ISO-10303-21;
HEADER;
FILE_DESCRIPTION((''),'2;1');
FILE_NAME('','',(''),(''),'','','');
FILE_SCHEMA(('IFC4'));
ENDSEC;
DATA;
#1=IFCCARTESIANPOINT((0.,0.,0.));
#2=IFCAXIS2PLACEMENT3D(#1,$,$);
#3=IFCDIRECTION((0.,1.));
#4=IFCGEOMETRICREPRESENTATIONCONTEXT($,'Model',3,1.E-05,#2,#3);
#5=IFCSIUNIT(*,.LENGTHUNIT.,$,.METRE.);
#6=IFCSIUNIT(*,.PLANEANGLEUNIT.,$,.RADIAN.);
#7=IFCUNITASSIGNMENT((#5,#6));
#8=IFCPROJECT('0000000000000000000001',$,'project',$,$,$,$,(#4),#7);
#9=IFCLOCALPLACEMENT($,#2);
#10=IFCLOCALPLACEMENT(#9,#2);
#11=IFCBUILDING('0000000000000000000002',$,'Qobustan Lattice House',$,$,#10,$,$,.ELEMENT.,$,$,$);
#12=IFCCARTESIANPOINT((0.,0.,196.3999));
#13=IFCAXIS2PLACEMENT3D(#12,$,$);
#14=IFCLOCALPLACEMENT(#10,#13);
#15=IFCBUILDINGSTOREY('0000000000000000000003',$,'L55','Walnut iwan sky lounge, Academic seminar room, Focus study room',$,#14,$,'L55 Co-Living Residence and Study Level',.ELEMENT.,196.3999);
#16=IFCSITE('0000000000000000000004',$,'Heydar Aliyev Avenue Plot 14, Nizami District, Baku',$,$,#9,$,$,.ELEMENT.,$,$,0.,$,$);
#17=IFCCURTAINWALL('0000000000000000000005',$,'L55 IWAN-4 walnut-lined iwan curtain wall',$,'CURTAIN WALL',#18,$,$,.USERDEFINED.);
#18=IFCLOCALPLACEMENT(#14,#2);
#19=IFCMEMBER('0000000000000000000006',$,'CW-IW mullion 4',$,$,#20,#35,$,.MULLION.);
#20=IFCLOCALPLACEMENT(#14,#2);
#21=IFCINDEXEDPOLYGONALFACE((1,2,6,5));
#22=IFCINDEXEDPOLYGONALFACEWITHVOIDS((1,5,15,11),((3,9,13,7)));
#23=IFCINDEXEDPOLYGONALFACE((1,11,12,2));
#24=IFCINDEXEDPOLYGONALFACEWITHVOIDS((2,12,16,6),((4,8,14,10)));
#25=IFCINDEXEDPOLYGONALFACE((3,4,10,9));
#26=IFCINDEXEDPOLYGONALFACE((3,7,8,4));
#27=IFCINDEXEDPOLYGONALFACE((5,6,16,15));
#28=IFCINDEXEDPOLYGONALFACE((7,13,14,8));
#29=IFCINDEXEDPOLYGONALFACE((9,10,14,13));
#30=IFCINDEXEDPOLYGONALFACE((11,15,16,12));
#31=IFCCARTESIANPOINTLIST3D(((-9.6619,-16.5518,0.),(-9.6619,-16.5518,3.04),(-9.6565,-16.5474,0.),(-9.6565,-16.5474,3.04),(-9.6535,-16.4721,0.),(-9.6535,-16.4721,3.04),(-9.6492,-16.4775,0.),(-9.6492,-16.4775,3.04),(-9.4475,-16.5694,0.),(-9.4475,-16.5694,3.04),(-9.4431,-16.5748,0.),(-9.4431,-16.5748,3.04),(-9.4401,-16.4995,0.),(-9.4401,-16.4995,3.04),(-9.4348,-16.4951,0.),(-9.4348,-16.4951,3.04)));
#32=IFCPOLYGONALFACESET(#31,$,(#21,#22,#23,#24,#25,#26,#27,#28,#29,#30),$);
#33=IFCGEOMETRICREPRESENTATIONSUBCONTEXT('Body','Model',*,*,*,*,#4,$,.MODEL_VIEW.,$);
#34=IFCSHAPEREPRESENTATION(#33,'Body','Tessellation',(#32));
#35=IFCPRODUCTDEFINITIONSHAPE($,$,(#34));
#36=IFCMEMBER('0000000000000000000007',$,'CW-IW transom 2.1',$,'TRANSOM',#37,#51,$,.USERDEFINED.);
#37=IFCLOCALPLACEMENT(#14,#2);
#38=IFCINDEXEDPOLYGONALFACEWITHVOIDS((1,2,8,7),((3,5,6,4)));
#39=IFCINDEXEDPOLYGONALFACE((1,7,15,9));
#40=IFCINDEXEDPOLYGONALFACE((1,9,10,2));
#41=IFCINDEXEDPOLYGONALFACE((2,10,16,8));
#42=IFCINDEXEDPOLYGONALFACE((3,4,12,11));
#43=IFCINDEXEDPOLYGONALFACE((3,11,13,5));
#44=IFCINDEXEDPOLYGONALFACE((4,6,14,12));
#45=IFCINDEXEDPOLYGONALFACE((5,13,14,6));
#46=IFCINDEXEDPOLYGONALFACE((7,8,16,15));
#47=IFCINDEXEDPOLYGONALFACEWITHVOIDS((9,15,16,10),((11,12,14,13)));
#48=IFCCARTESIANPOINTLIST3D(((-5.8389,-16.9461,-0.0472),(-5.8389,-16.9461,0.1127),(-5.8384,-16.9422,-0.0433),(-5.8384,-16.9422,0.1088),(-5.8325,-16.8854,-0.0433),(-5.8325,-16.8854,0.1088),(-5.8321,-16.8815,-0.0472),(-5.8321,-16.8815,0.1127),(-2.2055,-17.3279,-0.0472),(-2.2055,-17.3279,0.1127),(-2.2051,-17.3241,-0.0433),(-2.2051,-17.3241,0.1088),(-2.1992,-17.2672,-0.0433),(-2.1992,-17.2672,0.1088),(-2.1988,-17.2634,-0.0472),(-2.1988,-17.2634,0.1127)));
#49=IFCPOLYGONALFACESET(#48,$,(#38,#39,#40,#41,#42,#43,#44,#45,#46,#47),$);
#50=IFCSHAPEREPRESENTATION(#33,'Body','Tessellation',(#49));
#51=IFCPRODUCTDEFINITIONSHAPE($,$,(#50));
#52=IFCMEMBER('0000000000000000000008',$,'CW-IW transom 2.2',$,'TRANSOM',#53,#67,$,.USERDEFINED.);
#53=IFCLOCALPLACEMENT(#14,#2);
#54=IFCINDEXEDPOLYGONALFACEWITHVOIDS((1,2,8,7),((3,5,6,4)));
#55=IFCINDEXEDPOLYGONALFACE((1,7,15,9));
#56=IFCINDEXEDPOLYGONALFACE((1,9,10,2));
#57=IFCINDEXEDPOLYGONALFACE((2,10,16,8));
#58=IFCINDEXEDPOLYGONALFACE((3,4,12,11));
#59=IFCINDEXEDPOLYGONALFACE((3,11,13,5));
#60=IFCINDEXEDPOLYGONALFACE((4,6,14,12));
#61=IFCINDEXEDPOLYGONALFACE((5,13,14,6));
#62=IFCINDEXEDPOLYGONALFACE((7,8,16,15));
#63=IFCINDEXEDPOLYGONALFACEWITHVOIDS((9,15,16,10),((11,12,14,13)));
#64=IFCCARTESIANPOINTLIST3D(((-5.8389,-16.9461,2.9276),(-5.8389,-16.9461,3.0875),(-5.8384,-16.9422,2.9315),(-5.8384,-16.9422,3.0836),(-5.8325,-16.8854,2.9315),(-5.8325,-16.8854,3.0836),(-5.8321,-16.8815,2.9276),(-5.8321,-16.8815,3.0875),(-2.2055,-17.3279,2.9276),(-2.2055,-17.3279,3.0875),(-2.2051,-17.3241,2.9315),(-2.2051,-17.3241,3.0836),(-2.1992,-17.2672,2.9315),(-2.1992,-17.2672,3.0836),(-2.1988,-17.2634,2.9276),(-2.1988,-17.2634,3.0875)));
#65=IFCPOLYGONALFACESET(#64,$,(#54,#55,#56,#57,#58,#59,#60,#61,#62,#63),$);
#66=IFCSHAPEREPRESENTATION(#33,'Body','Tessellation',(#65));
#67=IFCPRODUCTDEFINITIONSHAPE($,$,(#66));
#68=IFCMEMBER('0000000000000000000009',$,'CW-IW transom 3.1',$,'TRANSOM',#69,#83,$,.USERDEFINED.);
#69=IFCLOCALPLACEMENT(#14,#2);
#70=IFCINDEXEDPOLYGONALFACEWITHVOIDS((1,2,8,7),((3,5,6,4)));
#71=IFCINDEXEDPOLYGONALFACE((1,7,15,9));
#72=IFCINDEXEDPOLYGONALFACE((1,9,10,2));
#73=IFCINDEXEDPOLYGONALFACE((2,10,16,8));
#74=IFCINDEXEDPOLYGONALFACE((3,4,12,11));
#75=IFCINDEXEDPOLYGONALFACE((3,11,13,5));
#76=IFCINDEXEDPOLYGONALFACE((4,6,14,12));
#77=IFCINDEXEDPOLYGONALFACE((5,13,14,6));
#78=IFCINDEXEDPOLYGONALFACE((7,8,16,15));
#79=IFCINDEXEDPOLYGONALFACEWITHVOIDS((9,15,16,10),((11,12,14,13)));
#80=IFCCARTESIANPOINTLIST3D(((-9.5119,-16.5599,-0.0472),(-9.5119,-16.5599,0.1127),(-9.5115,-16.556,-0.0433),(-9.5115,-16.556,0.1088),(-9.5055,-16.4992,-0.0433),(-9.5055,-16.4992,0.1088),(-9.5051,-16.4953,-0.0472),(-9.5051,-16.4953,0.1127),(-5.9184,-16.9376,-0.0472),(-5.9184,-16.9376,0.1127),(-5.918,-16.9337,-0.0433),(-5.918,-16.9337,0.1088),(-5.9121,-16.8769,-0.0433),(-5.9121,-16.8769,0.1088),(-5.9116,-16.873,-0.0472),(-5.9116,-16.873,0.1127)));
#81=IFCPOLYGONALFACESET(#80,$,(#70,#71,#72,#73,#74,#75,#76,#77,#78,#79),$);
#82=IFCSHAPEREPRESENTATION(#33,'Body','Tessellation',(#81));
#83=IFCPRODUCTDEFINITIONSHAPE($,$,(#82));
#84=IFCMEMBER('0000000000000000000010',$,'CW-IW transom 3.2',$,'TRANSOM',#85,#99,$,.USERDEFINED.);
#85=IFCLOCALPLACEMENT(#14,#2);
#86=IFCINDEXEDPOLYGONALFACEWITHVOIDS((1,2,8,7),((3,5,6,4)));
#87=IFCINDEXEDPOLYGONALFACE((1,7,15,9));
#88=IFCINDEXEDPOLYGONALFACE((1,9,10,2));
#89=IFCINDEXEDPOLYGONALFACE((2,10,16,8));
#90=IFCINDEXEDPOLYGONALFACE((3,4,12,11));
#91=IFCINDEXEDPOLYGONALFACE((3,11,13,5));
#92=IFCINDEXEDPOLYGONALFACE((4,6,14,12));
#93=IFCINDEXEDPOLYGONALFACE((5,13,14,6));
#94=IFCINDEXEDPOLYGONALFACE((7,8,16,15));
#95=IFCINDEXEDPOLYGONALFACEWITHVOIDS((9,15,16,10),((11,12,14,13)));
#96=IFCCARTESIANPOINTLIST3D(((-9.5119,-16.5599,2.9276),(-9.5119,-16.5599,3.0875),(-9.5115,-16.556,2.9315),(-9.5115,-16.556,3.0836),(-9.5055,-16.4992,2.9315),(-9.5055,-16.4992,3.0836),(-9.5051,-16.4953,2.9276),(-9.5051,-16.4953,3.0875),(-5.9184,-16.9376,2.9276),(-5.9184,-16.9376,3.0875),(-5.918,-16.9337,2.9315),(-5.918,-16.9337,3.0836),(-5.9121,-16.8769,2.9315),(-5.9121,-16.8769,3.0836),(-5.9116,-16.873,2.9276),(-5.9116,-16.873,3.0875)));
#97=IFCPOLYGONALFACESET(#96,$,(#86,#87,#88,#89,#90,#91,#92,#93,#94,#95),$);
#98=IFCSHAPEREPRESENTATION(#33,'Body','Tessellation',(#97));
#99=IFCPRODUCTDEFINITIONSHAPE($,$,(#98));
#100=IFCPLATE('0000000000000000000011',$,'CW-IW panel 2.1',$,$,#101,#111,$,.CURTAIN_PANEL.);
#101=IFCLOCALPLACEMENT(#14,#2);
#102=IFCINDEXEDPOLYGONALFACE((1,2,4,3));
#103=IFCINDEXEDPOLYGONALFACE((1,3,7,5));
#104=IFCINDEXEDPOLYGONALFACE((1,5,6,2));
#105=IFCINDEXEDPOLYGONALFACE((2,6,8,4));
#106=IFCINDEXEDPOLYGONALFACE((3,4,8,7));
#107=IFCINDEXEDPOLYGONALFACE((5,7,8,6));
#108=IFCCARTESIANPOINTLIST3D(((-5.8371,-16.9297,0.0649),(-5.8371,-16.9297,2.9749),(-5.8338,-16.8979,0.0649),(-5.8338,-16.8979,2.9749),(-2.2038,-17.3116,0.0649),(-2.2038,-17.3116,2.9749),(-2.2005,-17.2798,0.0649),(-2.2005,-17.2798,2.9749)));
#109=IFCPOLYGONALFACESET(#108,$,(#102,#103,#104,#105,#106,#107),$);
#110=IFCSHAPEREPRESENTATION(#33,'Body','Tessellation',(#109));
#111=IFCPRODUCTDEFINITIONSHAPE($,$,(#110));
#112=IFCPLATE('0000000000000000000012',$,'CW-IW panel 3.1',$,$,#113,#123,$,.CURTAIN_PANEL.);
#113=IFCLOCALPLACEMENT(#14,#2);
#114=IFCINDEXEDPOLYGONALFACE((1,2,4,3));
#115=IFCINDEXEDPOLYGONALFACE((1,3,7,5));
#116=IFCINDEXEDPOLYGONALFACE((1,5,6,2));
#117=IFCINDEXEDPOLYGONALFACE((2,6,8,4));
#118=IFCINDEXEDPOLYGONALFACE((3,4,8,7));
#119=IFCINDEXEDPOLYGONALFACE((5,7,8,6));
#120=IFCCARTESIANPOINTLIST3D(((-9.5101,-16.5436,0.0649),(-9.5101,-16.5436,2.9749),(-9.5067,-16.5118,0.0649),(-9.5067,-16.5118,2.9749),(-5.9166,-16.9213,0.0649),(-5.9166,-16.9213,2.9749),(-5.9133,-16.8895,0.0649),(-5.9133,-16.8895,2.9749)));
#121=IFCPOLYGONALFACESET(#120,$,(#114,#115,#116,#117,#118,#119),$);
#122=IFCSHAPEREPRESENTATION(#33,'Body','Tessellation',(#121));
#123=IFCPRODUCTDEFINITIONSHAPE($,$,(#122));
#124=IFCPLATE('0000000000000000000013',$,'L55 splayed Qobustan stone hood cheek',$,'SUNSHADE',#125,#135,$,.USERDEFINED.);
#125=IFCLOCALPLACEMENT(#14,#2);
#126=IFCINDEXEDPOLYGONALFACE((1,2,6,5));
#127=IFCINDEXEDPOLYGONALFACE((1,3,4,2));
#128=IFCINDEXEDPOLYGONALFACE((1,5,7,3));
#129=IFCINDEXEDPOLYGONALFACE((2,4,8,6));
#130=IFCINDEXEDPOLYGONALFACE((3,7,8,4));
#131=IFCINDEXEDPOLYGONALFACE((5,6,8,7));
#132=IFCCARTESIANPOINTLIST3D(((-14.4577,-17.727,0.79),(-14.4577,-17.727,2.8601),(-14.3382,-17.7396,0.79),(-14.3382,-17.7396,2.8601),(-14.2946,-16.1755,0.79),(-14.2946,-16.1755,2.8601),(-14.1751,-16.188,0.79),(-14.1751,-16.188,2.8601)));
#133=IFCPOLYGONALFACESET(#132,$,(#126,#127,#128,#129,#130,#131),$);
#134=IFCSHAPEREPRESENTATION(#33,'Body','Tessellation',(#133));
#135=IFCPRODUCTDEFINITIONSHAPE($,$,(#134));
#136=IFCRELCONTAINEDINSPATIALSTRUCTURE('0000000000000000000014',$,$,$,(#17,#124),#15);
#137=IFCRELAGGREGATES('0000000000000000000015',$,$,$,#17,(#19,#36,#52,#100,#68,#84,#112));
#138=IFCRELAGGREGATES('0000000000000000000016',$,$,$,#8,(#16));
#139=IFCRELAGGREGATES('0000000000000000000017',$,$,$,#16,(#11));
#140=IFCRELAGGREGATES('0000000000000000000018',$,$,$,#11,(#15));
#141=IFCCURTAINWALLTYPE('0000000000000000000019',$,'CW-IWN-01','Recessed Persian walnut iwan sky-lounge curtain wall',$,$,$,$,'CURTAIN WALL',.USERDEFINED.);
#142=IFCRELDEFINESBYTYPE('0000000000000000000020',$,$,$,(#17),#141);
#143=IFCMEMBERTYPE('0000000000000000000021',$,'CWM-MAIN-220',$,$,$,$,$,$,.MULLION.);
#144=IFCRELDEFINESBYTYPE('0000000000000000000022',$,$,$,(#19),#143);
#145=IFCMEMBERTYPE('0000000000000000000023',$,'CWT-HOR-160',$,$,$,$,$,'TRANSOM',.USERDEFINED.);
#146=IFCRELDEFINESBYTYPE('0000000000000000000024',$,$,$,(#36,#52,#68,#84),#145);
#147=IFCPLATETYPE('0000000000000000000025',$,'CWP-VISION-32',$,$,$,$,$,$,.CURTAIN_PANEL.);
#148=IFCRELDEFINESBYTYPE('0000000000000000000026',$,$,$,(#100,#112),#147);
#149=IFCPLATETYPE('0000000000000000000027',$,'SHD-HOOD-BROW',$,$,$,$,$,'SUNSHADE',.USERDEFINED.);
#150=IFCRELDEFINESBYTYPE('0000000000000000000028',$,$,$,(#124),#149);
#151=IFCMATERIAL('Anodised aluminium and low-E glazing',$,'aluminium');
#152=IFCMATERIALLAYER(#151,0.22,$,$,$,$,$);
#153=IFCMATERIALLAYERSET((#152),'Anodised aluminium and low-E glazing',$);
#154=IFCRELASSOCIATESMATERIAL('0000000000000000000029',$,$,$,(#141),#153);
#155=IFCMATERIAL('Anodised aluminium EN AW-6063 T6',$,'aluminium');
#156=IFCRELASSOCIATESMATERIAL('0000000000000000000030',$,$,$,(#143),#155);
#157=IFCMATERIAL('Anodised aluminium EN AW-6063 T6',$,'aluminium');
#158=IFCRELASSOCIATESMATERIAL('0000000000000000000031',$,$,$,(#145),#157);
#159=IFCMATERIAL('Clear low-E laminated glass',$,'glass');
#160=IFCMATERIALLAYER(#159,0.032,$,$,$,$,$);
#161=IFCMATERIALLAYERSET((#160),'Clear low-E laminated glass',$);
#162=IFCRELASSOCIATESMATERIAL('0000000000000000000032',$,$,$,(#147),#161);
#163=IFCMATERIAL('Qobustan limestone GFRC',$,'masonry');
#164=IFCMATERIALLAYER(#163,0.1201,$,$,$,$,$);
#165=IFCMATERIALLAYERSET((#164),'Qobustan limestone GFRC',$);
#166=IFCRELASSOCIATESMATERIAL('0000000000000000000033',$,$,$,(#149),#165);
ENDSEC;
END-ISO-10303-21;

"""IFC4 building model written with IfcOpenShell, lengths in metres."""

from ifc_helpers import new_model, si_unit, direction, frame, origin, origin_2d, place, context, subcontext, project, spatial, rectangle, hollow_rectangle, extrude, material, layer, layer_set, material_profile, profile_set, type_object, element, aggregate, save


model = new_model("IFC4")

# Units and contexts
model_context = context("Model", 3, precision=1e-05, world=origin(), true_north=direction((0.0, 1.0)))
body_context = subcontext(model_context, "Body", "Model", "MODEL_VIEW")
ifc_project = project(units=[si_unit("LENGTHUNIT", "METRE"), si_unit("PLANEANGLEUNIT", "RADIAN")], contexts=[model_context])

# Site, building, storey
site_placement = place(None, origin())
site = spatial("IfcSite", under=ifc_project, at=site_placement, Name="Heydar Aliyev Avenue Plot 14, Nizami District, Baku", CompositionType="ELEMENT", RefElevation=0.0)
building_placement = place(site_placement, origin())
building = spatial("IfcBuilding", under=site, at=building_placement, Name="Qobustan Lattice House", CompositionType="ELEMENT")
storey_placement = place(building_placement, frame((0.0, 0.0, 196.3999)))
storey = spatial("IfcBuildingStorey", under=building, at=storey_placement, Name="L55", Description="Walnut iwan sky lounge, Academic seminar room, Focus study room", LongName="L55 Co-Living Residence and Study Level", CompositionType="ELEMENT", Elevation=196.3999)

# Curtain wall, members, plates
ifc_material_1 = material(Name="Anodised aluminium and low-E glazing", Category="aluminium")
ifc_layer_1 = layer(ifc_material_1, 0.22)
ifc_layer_set_1 = layer_set([ifc_layer_1], Name="Anodised aluminium and low-E glazing")
curtain_wall_type = type_object("IfcCurtainWallType", Name="CW-IWN-01", Description="Recessed Persian walnut iwan sky-lounge curtain wall", ElementType="CURTAIN WALL", PredefinedType="USERDEFINED", material=ifc_layer_set_1)
curtain_wall_placement = place(storey_placement, origin())
curtain_wall = element("IfcCurtainWall", 1, at=curtain_wall_placement, inside=storey, type_object=curtain_wall_type, Name="L55 IWAN-4 walnut-lined iwan curtain wall", ObjectType="CURTAIN WALL", PredefinedType="USERDEFINED")
ifc_material_2 = material(Name="Anodised aluminium EN AW-6063 T6", Category="aluminium")
ifc_material_profile_1 = material_profile(ifc_material_2, hollow_rectangle(XDim=0.0801, YDim=0.22, WallThickness=0.0049, at=origin_2d()), Name="CWM-220x80")
ifc_profile_set_1 = profile_set([ifc_material_profile_1], Name="Anodised aluminium EN AW-6063 T6")
member_type_1 = type_object("IfcMemberType", Name="CWM-MAIN-220", PredefinedType="MULLION", material=ifc_profile_set_1)
member_1_placement = place(storey_placement, frame((-9.5483, -16.5234, 0.0), z_axis=(0.0, 0.0, 1.0), x_axis=(-0.104536, -0.994521, 0.0)))
member_1 = element("IfcMember", 2, at=member_1_placement, type_object=member_type_1, Name="CW-IW mullion 4", PredefinedType="MULLION", context=body_context, shape_type="SweptSolid", body=[
    extrude(hollow_rectangle(XDim=0.0801, YDim=0.22, WallThickness=0.0049, at=origin_2d()), origin(), (0.0, 0.0, 1.0), 3.04),
])
ifc_material_3 = material(Name="Anodised aluminium EN AW-6063 T6", Category="aluminium")
ifc_material_profile_2 = material_profile(ifc_material_3, hollow_rectangle(XDim=0.0649, YDim=0.1599, WallThickness=0.0039, at=origin_2d()), Name="CWT-160x65")
ifc_profile_set_2 = profile_set([ifc_material_profile_2], Name="Anodised aluminium EN AW-6063 T6")
member_type_2 = type_object("IfcMemberType", Name="CWT-HOR-160", ElementType="TRANSOM", PredefinedType="USERDEFINED", material=ifc_profile_set_2)
member_2_placement = place(storey_placement, frame((-2.2021, -17.2957, 0.0327), z_axis=(-0.994523, 0.104518, 0.0), x_axis=(-0.104518, -0.994523, 0.0)))
member_2 = element("IfcMember", 3, at=member_2_placement, type_object=member_type_2, Name="CW-IW transom 2.1", ObjectType="TRANSOM", PredefinedType="USERDEFINED", context=body_context, shape_type="SweptSolid", body=[
    extrude(hollow_rectangle(XDim=0.0649, YDim=0.1599, WallThickness=0.0039, at=origin_2d()), origin(), (0.0, 0.0, 1.0), 3.6533),
])
member_3_placement = place(storey_placement, frame((-2.2021, -17.2957, 3.0076), z_axis=(-0.994523, 0.104518, 0.0), x_axis=(-0.104518, -0.994523, 0.0)))
member_3 = element("IfcMember", 4, at=member_3_placement, type_object=member_type_2, Name="CW-IW transom 2.2", ObjectType="TRANSOM", PredefinedType="USERDEFINED", context=body_context, shape_type="SweptSolid", body=[
    extrude(hollow_rectangle(XDim=0.0649, YDim=0.1599, WallThickness=0.0039, at=origin_2d()), origin(), (0.0, 0.0, 1.0), 3.6533),
])
member_4_placement = place(storey_placement, frame((-5.915, -16.9053, 0.0327), z_axis=(-0.994522, 0.104527, 0.0), x_axis=(-0.104527, -0.994522, 0.0)))
member_4 = element("IfcMember", 5, at=member_4_placement, type_object=member_type_2, Name="CW-IW transom 3.1", ObjectType="TRANSOM", PredefinedType="USERDEFINED", context=body_context, shape_type="SweptSolid", body=[
    extrude(hollow_rectangle(XDim=0.0649, YDim=0.1599, WallThickness=0.0039, at=origin_2d()), origin(), (0.0, 0.0, 1.0), 3.6133),
])
member_5_placement = place(storey_placement, frame((-5.915, -16.9053, 3.0076), z_axis=(-0.994522, 0.104527, 0.0), x_axis=(-0.104527, -0.994522, 0.0)))
member_5 = element("IfcMember", 6, at=member_5_placement, type_object=member_type_2, Name="CW-IW transom 3.2", ObjectType="TRANSOM", PredefinedType="USERDEFINED", context=body_context, shape_type="SweptSolid", body=[
    extrude(hollow_rectangle(XDim=0.0649, YDim=0.1599, WallThickness=0.0039, at=origin_2d()), origin(), (0.0, 0.0, 1.0), 3.6133),
])
ifc_material_4 = material(Name="Clear low-E laminated glass", Category="glass")
ifc_layer_2 = layer(ifc_material_4, 0.032)
ifc_layer_set_2 = layer_set([ifc_layer_2], Name="Clear low-E laminated glass")
plate_type_1 = type_object("IfcPlateType", Name="CWP-VISION-32", PredefinedType="CURTAIN_PANEL", material=ifc_layer_set_2)
plate_1_placement = place(storey_placement, frame((-4.0188, -17.1047, 0.0649), z_axis=(0.0, 0.0, 1.0), x_axis=(-0.994521, 0.104536, 0.0)))
plate_1 = element("IfcPlate", 7, at=plate_1_placement, type_object=plate_type_1, Name="CW-IW panel 2.1", PredefinedType="CURTAIN_PANEL", context=body_context, shape_type="SweptSolid", body=[
    extrude(rectangle(XDim=3.6533, YDim=0.032, at=origin_2d()), origin(), (0.0, 0.0, 1.0), 2.9099),
])
plate_2_placement = place(storey_placement, frame((-7.7117, -16.7166, 0.0649), z_axis=(0.0, 0.0, 1.0), x_axis=(-0.994521, 0.104536, 0.0)))
plate_2 = element("IfcPlate", 8, at=plate_2_placement, type_object=plate_type_1, Name="CW-IW panel 3.1", PredefinedType="CURTAIN_PANEL", context=body_context, shape_type="SweptSolid", body=[
    extrude(rectangle(XDim=3.6133, YDim=0.032, at=origin_2d()), origin(), (0.0, 0.0, 1.0), 2.9099),
])
aggregate(curtain_wall, [member_1, member_2, member_3, plate_1, member_4, member_5, plate_2])

# Plate
ifc_material_5 = material(Name="Qobustan limestone GFRC", Category="masonry")
ifc_layer_3 = layer(ifc_material_5, 0.1201)
ifc_layer_set_3 = layer_set([ifc_layer_3], Name="Qobustan limestone GFRC")
plate_type_2 = type_object("IfcPlateType", Name="SHD-HOOD-BROW", ElementType="SUNSHADE", PredefinedType="USERDEFINED", material=ifc_layer_set_3)
plate_3_placement = place(storey_placement, frame((-14.3164, -16.9575, 0.79), z_axis=(0.0, 0.0, 1.0), x_axis=(-0.994522, 0.104528, 0.0)))
element("IfcPlate", 9, at=plate_3_placement, inside=storey, type_object=plate_type_2, Name="L55 splayed Qobustan stone hood cheek", ObjectType="SUNSHADE", PredefinedType="USERDEFINED", context=body_context, shape_type="SweptSolid", body=[
    extrude(rectangle(XDim=0.1201, YDim=1.5601, at=origin_2d()), origin(), (0.0, 0.0, 1.0), 2.0701),
])

save(model, "model.ifc")
